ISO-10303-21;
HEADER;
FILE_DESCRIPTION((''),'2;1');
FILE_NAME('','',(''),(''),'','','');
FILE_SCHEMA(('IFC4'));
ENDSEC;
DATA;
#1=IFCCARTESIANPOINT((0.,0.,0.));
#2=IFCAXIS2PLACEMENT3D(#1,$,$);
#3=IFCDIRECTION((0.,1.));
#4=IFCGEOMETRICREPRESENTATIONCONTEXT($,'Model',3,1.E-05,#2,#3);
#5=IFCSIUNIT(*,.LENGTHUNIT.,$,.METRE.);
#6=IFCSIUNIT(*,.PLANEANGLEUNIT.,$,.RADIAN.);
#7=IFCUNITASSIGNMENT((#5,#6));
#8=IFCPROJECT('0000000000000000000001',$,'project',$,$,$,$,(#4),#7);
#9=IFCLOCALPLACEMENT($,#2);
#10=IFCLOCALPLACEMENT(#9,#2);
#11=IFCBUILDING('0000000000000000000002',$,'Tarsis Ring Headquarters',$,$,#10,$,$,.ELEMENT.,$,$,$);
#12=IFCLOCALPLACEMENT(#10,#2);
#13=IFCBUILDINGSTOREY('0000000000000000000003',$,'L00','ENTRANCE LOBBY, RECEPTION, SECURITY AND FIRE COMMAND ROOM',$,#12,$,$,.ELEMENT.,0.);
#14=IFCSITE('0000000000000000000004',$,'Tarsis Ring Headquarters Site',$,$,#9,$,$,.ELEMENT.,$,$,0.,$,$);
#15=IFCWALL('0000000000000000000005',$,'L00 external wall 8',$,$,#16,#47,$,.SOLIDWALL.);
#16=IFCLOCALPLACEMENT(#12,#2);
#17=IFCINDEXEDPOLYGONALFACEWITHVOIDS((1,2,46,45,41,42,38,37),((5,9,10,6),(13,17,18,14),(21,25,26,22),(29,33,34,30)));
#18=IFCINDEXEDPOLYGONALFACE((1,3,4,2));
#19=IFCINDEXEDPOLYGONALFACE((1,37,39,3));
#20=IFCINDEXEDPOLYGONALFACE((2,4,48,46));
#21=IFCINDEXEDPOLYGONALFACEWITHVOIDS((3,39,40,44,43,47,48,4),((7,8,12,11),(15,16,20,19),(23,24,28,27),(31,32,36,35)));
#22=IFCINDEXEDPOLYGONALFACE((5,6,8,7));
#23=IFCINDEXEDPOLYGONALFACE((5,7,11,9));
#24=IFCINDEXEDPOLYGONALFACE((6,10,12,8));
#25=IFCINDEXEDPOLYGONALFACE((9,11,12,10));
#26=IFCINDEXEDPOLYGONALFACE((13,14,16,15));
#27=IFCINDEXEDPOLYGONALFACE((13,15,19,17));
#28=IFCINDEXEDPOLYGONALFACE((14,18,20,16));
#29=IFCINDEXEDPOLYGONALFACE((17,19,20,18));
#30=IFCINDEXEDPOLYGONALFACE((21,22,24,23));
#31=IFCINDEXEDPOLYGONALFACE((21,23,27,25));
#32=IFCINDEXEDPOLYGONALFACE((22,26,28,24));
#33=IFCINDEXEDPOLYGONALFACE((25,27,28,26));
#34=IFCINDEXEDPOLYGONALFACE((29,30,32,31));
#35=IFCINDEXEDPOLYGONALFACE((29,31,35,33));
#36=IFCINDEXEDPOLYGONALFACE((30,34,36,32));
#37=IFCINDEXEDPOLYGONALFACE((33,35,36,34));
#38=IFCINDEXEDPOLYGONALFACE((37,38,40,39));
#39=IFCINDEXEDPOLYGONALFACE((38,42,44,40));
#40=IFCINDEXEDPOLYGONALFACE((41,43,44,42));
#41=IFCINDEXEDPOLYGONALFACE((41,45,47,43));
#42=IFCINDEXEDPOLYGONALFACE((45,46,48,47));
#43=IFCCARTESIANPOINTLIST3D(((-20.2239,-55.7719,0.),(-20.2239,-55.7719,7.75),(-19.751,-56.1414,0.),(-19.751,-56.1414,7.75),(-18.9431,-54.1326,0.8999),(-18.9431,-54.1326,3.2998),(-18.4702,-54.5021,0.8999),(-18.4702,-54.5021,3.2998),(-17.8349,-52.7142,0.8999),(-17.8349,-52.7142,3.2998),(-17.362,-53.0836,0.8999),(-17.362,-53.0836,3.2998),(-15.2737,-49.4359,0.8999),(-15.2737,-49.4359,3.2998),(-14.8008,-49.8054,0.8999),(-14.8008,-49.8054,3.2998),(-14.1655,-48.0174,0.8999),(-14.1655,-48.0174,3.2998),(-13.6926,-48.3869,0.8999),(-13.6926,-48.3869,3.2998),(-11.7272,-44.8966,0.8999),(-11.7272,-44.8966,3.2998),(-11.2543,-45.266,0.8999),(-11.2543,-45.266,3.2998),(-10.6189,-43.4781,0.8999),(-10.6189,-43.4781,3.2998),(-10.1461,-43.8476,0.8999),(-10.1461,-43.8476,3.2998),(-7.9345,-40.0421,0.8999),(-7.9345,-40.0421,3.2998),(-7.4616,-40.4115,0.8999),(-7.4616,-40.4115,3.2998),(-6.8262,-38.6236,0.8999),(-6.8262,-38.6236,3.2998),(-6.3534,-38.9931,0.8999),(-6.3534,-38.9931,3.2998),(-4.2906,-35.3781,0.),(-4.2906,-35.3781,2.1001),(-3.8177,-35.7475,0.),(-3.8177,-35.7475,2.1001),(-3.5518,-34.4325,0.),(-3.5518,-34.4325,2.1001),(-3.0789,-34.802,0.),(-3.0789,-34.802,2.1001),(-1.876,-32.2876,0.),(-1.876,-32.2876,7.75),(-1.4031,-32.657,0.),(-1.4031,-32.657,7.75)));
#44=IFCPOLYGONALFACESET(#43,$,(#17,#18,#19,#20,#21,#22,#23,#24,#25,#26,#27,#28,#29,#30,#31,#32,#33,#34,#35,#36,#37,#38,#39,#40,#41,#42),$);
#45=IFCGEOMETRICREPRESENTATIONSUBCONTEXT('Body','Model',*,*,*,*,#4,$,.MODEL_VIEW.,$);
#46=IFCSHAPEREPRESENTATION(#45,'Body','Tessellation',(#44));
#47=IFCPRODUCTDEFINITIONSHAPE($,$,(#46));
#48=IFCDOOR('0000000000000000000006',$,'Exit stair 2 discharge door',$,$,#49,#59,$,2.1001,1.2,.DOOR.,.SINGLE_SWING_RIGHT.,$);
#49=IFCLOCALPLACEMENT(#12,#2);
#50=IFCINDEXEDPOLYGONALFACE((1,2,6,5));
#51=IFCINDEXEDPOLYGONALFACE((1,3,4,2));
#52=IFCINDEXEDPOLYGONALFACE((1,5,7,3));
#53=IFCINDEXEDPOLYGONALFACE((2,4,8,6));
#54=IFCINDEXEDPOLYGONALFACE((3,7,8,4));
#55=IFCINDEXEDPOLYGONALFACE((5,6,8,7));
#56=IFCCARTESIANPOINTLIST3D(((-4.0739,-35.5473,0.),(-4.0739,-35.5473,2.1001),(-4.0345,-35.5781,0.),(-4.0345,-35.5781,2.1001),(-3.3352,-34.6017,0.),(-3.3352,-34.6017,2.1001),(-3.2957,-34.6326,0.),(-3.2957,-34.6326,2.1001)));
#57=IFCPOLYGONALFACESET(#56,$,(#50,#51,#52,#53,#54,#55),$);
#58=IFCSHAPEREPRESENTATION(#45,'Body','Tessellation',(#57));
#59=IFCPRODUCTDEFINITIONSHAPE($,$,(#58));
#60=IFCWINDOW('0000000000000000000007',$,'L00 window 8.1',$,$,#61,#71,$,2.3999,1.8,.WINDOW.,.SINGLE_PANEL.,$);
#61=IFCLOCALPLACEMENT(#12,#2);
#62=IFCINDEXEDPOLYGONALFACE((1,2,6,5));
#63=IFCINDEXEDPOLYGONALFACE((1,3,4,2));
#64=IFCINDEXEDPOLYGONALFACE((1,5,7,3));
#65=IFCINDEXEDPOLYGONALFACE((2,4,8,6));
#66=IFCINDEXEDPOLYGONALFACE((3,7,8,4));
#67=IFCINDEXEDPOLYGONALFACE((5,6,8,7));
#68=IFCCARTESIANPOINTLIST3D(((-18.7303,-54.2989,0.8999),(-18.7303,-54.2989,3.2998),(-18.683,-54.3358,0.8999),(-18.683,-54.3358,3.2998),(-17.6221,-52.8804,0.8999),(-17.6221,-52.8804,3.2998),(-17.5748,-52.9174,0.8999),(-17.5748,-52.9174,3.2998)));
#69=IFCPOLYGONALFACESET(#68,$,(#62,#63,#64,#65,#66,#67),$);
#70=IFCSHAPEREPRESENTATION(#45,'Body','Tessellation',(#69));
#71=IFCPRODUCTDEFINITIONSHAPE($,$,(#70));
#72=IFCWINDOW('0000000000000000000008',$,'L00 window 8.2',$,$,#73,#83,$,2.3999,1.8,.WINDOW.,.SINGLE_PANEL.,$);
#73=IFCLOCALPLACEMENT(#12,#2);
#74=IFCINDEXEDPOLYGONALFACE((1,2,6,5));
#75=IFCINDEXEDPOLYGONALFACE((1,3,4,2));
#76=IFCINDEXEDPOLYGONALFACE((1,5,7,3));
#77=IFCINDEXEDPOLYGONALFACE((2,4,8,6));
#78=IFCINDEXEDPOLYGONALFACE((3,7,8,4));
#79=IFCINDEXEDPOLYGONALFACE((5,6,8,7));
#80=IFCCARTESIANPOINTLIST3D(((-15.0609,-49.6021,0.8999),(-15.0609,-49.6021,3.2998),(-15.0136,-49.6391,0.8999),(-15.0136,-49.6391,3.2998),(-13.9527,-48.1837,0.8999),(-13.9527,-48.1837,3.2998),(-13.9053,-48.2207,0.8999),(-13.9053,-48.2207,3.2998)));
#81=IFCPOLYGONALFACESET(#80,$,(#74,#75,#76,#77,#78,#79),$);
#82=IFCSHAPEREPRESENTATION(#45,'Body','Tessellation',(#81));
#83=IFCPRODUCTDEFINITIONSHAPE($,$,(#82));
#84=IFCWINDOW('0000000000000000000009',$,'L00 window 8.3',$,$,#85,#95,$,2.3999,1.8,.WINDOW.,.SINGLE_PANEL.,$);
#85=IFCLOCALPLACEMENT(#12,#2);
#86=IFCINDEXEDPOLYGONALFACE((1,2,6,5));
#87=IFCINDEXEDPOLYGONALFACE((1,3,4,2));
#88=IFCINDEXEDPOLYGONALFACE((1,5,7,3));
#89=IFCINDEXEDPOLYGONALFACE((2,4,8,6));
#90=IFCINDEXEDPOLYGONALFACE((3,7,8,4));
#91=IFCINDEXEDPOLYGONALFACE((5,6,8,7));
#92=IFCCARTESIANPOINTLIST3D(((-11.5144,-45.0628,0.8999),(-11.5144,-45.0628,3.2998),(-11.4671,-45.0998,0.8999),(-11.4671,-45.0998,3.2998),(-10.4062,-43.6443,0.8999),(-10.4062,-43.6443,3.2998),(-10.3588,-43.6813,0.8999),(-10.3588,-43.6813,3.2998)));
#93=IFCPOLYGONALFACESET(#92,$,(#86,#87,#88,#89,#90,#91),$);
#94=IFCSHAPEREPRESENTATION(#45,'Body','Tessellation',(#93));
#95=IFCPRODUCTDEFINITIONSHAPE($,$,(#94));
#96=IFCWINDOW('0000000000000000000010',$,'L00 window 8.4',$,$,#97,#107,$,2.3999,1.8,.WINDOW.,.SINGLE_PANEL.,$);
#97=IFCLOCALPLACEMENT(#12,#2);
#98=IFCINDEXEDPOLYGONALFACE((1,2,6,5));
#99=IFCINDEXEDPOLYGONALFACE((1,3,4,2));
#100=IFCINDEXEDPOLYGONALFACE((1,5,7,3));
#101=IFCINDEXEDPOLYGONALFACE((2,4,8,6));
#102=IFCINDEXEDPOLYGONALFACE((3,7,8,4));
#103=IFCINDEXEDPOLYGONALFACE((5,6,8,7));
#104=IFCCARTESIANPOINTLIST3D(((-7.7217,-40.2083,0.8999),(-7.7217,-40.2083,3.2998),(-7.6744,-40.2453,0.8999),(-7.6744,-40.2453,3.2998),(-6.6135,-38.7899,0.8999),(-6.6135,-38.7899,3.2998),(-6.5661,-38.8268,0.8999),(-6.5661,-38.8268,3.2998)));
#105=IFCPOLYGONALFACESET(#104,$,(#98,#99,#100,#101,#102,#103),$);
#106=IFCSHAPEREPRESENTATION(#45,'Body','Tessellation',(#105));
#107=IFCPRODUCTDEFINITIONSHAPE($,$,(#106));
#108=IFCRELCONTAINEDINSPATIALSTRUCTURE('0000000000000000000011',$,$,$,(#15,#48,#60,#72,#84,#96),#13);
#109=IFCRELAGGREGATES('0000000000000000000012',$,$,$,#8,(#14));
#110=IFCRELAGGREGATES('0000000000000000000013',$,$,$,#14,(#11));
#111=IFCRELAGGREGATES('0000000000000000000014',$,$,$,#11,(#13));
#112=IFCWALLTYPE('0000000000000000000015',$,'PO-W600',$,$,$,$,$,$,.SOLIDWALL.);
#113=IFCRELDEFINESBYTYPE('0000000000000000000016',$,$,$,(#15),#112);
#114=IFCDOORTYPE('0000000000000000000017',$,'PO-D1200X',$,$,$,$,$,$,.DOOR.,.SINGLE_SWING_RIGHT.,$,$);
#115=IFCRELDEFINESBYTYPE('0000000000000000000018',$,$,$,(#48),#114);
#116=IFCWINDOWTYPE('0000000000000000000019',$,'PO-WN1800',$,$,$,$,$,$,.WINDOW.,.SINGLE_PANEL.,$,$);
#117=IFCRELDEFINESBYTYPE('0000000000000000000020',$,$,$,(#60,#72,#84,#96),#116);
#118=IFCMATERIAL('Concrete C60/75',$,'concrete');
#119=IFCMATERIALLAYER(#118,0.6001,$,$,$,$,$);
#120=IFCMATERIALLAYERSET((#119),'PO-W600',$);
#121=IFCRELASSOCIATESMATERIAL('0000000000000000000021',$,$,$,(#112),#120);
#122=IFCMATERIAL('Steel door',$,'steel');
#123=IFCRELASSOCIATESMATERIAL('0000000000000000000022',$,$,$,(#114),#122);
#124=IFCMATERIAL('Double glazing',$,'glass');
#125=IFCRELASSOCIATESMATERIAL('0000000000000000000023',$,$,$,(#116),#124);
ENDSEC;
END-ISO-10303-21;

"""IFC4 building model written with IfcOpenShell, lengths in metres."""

from ifc_helpers import new_model, si_unit, direction, frame, frame_2d, origin, place, context, subcontext, project, spatial, rectangle, extrude, material, layer, layer_set, type_object, element, fill, save


model = new_model("IFC4")

# Units and contexts
model_context = context("Model", 3, precision=1e-05, world=origin(), true_north=direction((0.0, 1.0)))
body_context = subcontext(model_context, "Body", "Model", "MODEL_VIEW")
ifc_project = project(units=[si_unit("LENGTHUNIT", "METRE"), si_unit("PLANEANGLEUNIT", "RADIAN")], contexts=[model_context])

# Site, building, storey
site_placement = place(None, origin())
site = spatial("IfcSite", under=ifc_project, at=site_placement, Name="Tarsis Ring Headquarters Site", CompositionType="ELEMENT", RefElevation=0.0)
building_placement = place(site_placement, origin())
building = spatial("IfcBuilding", under=site, at=building_placement, Name="Tarsis Ring Headquarters", CompositionType="ELEMENT")
storey_placement = place(building_placement, origin())
storey = spatial("IfcBuildingStorey", under=building, at=storey_placement, Name="L00", Description="ENTRANCE LOBBY, RECEPTION, SECURITY AND FIRE COMMAND ROOM", CompositionType="ELEMENT", Elevation=0.0)

# Shared definitions
ifc_material_1 = material(Name="Concrete C60/75", Category="concrete")

# Wall, openings, door, windows
ifc_layer_1 = layer(ifc_material_1, 0.6001)
ifc_layer_set_1 = layer_set([ifc_layer_1], Name="PO-W600")
wall_type_1 = type_object("IfcWallType", Name="PO-W600", PredefinedType="SOLIDWALL", material=ifc_layer_set_1)
wall_1_placement = place(storey_placement, frame((-1.6396, -32.4724, 0.0), z_axis=(0.0, 0.0, 1.0), x_axis=(-0.615659, -0.788012, 0.0)))
wall_1 = element("IfcWall", 1, at=wall_1_placement, inside=storey, type_object=wall_type_1, Name="L00 external wall 8", PredefinedType="SOLIDWALL", context=body_context, shape_type="SweptSolid", body=[
    extrude(rectangle(XDim=29.802, YDim=0.6001, at=frame_2d((14.9009, 0.0))), origin(), (0.0, 0.0, 1.0), 7.75),
])
opening_1_placement = place(wall_1_placement, frame((25.9216, 0.0, 0.8999)))
opening_1 = element("IfcOpeningElement", 2, at=opening_1_placement, cuts=wall_1, PredefinedType="OPENING", context=body_context, shape_type="SweptSolid", body=[
    extrude(rectangle(XDim=1.8, YDim=2.3999, at=frame_2d((0.8999, 1.2))), frame((0.0, 0.3101, 0.0), z_axis=(0.0, -1.0, 0.0), x_axis=(1.0, 0.0, 0.0)), (0.0, 0.0, 1.0), 0.6201),
])
opening_2_placement = place(wall_1_placement, frame((19.9614, 0.0, 0.8999)))
opening_2 = element("IfcOpeningElement", 3, at=opening_2_placement, cuts=wall_1, PredefinedType="OPENING", context=body_context, shape_type="SweptSolid", body=[
    extrude(rectangle(XDim=1.8, YDim=2.3999, at=frame_2d((0.8999, 1.2))), frame((0.0, 0.3101, 0.0), z_axis=(0.0, -1.0, 0.0), x_axis=(1.0, 0.0, 0.0)), (0.0, 0.0, 1.0), 0.6201),
])
opening_3_placement = place(wall_1_placement, frame((14.2009, 0.0, 0.8999)))
opening_3 = element("IfcOpeningElement", 4, at=opening_3_placement, cuts=wall_1, PredefinedType="OPENING", context=body_context, shape_type="SweptSolid", body=[
    extrude(rectangle(XDim=1.8, YDim=2.3999, at=frame_2d((0.8999, 1.2))), frame((0.0, 0.3101, 0.0), z_axis=(0.0, -1.0, 0.0), x_axis=(1.0, 0.0, 0.0)), (0.0, 0.0, 1.0), 0.6201),
])
opening_4_placement = place(wall_1_placement, frame((8.0405, 0.0, 0.8999)))
opening_4 = element("IfcOpeningElement", 5, at=opening_4_placement, cuts=wall_1, PredefinedType="OPENING", context=body_context, shape_type="SweptSolid", body=[
    extrude(rectangle(XDim=1.8, YDim=2.3999, at=frame_2d((0.8999, 1.2))), frame((0.0, 0.3101, 0.0), z_axis=(0.0, -1.0, 0.0), x_axis=(1.0, 0.0, 0.0)), (0.0, 0.0, 1.0), 0.6201),
])
opening_5_placement = place(wall_1_placement, frame((2.7217, 0.0, 0.0)))
opening_5 = element("IfcOpeningElement", 6, at=opening_5_placement, cuts=wall_1, PredefinedType="OPENING", context=body_context, shape_type="SweptSolid", body=[
    extrude(rectangle(XDim=1.2, YDim=2.1001, at=frame_2d((0.6001, 1.05))), frame((0.0, 0.3101, 0.0), z_axis=(0.0, -1.0, 0.0), x_axis=(1.0, 0.0, 0.0)), (0.0, 0.0, 1.0), 0.6201),
])
ifc_material_2 = material(Name="Steel door", Category="steel")
door_type = type_object("IfcDoorType", Name="PO-D1200X", OperationType="SINGLE_SWING_RIGHT", PredefinedType="DOOR", material=ifc_material_2)
door_placement = place(opening_5_placement, origin())
door = element("IfcDoor", 7, at=door_placement, inside=storey, type_object=door_type, Name="Exit stair 2 discharge door", OperationType="SINGLE_SWING_RIGHT", OverallHeight=2.1001, OverallWidth=1.2, PredefinedType="DOOR", context=body_context, shape_type="SweptSolid", body=[
    extrude(rectangle(XDim=1.2, YDim=2.1001, at=frame_2d((0.6001, 1.05))), frame((0.0, 0.0249, 0.0), z_axis=(0.0, -1.0, 0.0), x_axis=(1.0, 0.0, 0.0)), (0.0, 0.0, 1.0), 0.05),
])
fill(opening_5, door)
ifc_material_3 = material(Name="Double glazing", Category="glass")
window_type = type_object("IfcWindowType", Name="PO-WN1800", PartitioningType="SINGLE_PANEL", PredefinedType="WINDOW", material=ifc_material_3)
window_1_placement = place(opening_1_placement, origin())
window_1 = element("IfcWindow", 8, at=window_1_placement, inside=storey, type_object=window_type, Name="L00 window 8.1", OverallHeight=2.3999, OverallWidth=1.8, PartitioningType="SINGLE_PANEL", PredefinedType="WINDOW", context=body_context, shape_type="SweptSolid", body=[
    extrude(rectangle(XDim=1.8, YDim=2.3999, at=frame_2d((0.8999, 1.2))), frame((0.0, 0.03, 0.0), z_axis=(0.0, -1.0, 0.0), x_axis=(1.0, 0.0, 0.0)), (0.0, 0.0, 1.0), 0.0601),
])
fill(opening_1, window_1)
window_2_placement = place(opening_2_placement, origin())
window_2 = element("IfcWindow", 9, at=window_2_placement, inside=storey, type_object=window_type, Name="L00 window 8.2", OverallHeight=2.3999, OverallWidth=1.8, PartitioningType="SINGLE_PANEL", PredefinedType="WINDOW", context=body_context, shape_type="SweptSolid", body=[
    extrude(rectangle(XDim=1.8, YDim=2.3999, at=frame_2d((0.8999, 1.2))), frame((0.0, 0.03, 0.0), z_axis=(0.0, -1.0, 0.0), x_axis=(1.0, 0.0, 0.0)), (0.0, 0.0, 1.0), 0.0601),
])
fill(opening_2, window_2)
window_3_placement = place(opening_3_placement, origin())
window_3 = element("IfcWindow", 10, at=window_3_placement, inside=storey, type_object=window_type, Name="L00 window 8.3", OverallHeight=2.3999, OverallWidth=1.8, PartitioningType="SINGLE_PANEL", PredefinedType="WINDOW", context=body_context, shape_type="SweptSolid", body=[
    extrude(rectangle(XDim=1.8, YDim=2.3999, at=frame_2d((0.8999, 1.2))), frame((0.0, 0.03, 0.0), z_axis=(0.0, -1.0, 0.0), x_axis=(1.0, 0.0, 0.0)), (0.0, 0.0, 1.0), 0.0601),
])
fill(opening_3, window_3)
window_4_placement = place(opening_4_placement, origin())
window_4 = element("IfcWindow", 11, at=window_4_placement, inside=storey, type_object=window_type, Name="L00 window 8.4", OverallHeight=2.3999, OverallWidth=1.8, PartitioningType="SINGLE_PANEL", PredefinedType="WINDOW", context=body_context, shape_type="SweptSolid", body=[
    extrude(rectangle(XDim=1.8, YDim=2.3999, at=frame_2d((0.8999, 1.2))), frame((0.0, 0.03, 0.0), z_axis=(0.0, -1.0, 0.0), x_axis=(1.0, 0.0, 0.0)), (0.0, 0.0, 1.0), 0.0601),
])
fill(opening_4, window_4)

save(model, "model.ifc")
